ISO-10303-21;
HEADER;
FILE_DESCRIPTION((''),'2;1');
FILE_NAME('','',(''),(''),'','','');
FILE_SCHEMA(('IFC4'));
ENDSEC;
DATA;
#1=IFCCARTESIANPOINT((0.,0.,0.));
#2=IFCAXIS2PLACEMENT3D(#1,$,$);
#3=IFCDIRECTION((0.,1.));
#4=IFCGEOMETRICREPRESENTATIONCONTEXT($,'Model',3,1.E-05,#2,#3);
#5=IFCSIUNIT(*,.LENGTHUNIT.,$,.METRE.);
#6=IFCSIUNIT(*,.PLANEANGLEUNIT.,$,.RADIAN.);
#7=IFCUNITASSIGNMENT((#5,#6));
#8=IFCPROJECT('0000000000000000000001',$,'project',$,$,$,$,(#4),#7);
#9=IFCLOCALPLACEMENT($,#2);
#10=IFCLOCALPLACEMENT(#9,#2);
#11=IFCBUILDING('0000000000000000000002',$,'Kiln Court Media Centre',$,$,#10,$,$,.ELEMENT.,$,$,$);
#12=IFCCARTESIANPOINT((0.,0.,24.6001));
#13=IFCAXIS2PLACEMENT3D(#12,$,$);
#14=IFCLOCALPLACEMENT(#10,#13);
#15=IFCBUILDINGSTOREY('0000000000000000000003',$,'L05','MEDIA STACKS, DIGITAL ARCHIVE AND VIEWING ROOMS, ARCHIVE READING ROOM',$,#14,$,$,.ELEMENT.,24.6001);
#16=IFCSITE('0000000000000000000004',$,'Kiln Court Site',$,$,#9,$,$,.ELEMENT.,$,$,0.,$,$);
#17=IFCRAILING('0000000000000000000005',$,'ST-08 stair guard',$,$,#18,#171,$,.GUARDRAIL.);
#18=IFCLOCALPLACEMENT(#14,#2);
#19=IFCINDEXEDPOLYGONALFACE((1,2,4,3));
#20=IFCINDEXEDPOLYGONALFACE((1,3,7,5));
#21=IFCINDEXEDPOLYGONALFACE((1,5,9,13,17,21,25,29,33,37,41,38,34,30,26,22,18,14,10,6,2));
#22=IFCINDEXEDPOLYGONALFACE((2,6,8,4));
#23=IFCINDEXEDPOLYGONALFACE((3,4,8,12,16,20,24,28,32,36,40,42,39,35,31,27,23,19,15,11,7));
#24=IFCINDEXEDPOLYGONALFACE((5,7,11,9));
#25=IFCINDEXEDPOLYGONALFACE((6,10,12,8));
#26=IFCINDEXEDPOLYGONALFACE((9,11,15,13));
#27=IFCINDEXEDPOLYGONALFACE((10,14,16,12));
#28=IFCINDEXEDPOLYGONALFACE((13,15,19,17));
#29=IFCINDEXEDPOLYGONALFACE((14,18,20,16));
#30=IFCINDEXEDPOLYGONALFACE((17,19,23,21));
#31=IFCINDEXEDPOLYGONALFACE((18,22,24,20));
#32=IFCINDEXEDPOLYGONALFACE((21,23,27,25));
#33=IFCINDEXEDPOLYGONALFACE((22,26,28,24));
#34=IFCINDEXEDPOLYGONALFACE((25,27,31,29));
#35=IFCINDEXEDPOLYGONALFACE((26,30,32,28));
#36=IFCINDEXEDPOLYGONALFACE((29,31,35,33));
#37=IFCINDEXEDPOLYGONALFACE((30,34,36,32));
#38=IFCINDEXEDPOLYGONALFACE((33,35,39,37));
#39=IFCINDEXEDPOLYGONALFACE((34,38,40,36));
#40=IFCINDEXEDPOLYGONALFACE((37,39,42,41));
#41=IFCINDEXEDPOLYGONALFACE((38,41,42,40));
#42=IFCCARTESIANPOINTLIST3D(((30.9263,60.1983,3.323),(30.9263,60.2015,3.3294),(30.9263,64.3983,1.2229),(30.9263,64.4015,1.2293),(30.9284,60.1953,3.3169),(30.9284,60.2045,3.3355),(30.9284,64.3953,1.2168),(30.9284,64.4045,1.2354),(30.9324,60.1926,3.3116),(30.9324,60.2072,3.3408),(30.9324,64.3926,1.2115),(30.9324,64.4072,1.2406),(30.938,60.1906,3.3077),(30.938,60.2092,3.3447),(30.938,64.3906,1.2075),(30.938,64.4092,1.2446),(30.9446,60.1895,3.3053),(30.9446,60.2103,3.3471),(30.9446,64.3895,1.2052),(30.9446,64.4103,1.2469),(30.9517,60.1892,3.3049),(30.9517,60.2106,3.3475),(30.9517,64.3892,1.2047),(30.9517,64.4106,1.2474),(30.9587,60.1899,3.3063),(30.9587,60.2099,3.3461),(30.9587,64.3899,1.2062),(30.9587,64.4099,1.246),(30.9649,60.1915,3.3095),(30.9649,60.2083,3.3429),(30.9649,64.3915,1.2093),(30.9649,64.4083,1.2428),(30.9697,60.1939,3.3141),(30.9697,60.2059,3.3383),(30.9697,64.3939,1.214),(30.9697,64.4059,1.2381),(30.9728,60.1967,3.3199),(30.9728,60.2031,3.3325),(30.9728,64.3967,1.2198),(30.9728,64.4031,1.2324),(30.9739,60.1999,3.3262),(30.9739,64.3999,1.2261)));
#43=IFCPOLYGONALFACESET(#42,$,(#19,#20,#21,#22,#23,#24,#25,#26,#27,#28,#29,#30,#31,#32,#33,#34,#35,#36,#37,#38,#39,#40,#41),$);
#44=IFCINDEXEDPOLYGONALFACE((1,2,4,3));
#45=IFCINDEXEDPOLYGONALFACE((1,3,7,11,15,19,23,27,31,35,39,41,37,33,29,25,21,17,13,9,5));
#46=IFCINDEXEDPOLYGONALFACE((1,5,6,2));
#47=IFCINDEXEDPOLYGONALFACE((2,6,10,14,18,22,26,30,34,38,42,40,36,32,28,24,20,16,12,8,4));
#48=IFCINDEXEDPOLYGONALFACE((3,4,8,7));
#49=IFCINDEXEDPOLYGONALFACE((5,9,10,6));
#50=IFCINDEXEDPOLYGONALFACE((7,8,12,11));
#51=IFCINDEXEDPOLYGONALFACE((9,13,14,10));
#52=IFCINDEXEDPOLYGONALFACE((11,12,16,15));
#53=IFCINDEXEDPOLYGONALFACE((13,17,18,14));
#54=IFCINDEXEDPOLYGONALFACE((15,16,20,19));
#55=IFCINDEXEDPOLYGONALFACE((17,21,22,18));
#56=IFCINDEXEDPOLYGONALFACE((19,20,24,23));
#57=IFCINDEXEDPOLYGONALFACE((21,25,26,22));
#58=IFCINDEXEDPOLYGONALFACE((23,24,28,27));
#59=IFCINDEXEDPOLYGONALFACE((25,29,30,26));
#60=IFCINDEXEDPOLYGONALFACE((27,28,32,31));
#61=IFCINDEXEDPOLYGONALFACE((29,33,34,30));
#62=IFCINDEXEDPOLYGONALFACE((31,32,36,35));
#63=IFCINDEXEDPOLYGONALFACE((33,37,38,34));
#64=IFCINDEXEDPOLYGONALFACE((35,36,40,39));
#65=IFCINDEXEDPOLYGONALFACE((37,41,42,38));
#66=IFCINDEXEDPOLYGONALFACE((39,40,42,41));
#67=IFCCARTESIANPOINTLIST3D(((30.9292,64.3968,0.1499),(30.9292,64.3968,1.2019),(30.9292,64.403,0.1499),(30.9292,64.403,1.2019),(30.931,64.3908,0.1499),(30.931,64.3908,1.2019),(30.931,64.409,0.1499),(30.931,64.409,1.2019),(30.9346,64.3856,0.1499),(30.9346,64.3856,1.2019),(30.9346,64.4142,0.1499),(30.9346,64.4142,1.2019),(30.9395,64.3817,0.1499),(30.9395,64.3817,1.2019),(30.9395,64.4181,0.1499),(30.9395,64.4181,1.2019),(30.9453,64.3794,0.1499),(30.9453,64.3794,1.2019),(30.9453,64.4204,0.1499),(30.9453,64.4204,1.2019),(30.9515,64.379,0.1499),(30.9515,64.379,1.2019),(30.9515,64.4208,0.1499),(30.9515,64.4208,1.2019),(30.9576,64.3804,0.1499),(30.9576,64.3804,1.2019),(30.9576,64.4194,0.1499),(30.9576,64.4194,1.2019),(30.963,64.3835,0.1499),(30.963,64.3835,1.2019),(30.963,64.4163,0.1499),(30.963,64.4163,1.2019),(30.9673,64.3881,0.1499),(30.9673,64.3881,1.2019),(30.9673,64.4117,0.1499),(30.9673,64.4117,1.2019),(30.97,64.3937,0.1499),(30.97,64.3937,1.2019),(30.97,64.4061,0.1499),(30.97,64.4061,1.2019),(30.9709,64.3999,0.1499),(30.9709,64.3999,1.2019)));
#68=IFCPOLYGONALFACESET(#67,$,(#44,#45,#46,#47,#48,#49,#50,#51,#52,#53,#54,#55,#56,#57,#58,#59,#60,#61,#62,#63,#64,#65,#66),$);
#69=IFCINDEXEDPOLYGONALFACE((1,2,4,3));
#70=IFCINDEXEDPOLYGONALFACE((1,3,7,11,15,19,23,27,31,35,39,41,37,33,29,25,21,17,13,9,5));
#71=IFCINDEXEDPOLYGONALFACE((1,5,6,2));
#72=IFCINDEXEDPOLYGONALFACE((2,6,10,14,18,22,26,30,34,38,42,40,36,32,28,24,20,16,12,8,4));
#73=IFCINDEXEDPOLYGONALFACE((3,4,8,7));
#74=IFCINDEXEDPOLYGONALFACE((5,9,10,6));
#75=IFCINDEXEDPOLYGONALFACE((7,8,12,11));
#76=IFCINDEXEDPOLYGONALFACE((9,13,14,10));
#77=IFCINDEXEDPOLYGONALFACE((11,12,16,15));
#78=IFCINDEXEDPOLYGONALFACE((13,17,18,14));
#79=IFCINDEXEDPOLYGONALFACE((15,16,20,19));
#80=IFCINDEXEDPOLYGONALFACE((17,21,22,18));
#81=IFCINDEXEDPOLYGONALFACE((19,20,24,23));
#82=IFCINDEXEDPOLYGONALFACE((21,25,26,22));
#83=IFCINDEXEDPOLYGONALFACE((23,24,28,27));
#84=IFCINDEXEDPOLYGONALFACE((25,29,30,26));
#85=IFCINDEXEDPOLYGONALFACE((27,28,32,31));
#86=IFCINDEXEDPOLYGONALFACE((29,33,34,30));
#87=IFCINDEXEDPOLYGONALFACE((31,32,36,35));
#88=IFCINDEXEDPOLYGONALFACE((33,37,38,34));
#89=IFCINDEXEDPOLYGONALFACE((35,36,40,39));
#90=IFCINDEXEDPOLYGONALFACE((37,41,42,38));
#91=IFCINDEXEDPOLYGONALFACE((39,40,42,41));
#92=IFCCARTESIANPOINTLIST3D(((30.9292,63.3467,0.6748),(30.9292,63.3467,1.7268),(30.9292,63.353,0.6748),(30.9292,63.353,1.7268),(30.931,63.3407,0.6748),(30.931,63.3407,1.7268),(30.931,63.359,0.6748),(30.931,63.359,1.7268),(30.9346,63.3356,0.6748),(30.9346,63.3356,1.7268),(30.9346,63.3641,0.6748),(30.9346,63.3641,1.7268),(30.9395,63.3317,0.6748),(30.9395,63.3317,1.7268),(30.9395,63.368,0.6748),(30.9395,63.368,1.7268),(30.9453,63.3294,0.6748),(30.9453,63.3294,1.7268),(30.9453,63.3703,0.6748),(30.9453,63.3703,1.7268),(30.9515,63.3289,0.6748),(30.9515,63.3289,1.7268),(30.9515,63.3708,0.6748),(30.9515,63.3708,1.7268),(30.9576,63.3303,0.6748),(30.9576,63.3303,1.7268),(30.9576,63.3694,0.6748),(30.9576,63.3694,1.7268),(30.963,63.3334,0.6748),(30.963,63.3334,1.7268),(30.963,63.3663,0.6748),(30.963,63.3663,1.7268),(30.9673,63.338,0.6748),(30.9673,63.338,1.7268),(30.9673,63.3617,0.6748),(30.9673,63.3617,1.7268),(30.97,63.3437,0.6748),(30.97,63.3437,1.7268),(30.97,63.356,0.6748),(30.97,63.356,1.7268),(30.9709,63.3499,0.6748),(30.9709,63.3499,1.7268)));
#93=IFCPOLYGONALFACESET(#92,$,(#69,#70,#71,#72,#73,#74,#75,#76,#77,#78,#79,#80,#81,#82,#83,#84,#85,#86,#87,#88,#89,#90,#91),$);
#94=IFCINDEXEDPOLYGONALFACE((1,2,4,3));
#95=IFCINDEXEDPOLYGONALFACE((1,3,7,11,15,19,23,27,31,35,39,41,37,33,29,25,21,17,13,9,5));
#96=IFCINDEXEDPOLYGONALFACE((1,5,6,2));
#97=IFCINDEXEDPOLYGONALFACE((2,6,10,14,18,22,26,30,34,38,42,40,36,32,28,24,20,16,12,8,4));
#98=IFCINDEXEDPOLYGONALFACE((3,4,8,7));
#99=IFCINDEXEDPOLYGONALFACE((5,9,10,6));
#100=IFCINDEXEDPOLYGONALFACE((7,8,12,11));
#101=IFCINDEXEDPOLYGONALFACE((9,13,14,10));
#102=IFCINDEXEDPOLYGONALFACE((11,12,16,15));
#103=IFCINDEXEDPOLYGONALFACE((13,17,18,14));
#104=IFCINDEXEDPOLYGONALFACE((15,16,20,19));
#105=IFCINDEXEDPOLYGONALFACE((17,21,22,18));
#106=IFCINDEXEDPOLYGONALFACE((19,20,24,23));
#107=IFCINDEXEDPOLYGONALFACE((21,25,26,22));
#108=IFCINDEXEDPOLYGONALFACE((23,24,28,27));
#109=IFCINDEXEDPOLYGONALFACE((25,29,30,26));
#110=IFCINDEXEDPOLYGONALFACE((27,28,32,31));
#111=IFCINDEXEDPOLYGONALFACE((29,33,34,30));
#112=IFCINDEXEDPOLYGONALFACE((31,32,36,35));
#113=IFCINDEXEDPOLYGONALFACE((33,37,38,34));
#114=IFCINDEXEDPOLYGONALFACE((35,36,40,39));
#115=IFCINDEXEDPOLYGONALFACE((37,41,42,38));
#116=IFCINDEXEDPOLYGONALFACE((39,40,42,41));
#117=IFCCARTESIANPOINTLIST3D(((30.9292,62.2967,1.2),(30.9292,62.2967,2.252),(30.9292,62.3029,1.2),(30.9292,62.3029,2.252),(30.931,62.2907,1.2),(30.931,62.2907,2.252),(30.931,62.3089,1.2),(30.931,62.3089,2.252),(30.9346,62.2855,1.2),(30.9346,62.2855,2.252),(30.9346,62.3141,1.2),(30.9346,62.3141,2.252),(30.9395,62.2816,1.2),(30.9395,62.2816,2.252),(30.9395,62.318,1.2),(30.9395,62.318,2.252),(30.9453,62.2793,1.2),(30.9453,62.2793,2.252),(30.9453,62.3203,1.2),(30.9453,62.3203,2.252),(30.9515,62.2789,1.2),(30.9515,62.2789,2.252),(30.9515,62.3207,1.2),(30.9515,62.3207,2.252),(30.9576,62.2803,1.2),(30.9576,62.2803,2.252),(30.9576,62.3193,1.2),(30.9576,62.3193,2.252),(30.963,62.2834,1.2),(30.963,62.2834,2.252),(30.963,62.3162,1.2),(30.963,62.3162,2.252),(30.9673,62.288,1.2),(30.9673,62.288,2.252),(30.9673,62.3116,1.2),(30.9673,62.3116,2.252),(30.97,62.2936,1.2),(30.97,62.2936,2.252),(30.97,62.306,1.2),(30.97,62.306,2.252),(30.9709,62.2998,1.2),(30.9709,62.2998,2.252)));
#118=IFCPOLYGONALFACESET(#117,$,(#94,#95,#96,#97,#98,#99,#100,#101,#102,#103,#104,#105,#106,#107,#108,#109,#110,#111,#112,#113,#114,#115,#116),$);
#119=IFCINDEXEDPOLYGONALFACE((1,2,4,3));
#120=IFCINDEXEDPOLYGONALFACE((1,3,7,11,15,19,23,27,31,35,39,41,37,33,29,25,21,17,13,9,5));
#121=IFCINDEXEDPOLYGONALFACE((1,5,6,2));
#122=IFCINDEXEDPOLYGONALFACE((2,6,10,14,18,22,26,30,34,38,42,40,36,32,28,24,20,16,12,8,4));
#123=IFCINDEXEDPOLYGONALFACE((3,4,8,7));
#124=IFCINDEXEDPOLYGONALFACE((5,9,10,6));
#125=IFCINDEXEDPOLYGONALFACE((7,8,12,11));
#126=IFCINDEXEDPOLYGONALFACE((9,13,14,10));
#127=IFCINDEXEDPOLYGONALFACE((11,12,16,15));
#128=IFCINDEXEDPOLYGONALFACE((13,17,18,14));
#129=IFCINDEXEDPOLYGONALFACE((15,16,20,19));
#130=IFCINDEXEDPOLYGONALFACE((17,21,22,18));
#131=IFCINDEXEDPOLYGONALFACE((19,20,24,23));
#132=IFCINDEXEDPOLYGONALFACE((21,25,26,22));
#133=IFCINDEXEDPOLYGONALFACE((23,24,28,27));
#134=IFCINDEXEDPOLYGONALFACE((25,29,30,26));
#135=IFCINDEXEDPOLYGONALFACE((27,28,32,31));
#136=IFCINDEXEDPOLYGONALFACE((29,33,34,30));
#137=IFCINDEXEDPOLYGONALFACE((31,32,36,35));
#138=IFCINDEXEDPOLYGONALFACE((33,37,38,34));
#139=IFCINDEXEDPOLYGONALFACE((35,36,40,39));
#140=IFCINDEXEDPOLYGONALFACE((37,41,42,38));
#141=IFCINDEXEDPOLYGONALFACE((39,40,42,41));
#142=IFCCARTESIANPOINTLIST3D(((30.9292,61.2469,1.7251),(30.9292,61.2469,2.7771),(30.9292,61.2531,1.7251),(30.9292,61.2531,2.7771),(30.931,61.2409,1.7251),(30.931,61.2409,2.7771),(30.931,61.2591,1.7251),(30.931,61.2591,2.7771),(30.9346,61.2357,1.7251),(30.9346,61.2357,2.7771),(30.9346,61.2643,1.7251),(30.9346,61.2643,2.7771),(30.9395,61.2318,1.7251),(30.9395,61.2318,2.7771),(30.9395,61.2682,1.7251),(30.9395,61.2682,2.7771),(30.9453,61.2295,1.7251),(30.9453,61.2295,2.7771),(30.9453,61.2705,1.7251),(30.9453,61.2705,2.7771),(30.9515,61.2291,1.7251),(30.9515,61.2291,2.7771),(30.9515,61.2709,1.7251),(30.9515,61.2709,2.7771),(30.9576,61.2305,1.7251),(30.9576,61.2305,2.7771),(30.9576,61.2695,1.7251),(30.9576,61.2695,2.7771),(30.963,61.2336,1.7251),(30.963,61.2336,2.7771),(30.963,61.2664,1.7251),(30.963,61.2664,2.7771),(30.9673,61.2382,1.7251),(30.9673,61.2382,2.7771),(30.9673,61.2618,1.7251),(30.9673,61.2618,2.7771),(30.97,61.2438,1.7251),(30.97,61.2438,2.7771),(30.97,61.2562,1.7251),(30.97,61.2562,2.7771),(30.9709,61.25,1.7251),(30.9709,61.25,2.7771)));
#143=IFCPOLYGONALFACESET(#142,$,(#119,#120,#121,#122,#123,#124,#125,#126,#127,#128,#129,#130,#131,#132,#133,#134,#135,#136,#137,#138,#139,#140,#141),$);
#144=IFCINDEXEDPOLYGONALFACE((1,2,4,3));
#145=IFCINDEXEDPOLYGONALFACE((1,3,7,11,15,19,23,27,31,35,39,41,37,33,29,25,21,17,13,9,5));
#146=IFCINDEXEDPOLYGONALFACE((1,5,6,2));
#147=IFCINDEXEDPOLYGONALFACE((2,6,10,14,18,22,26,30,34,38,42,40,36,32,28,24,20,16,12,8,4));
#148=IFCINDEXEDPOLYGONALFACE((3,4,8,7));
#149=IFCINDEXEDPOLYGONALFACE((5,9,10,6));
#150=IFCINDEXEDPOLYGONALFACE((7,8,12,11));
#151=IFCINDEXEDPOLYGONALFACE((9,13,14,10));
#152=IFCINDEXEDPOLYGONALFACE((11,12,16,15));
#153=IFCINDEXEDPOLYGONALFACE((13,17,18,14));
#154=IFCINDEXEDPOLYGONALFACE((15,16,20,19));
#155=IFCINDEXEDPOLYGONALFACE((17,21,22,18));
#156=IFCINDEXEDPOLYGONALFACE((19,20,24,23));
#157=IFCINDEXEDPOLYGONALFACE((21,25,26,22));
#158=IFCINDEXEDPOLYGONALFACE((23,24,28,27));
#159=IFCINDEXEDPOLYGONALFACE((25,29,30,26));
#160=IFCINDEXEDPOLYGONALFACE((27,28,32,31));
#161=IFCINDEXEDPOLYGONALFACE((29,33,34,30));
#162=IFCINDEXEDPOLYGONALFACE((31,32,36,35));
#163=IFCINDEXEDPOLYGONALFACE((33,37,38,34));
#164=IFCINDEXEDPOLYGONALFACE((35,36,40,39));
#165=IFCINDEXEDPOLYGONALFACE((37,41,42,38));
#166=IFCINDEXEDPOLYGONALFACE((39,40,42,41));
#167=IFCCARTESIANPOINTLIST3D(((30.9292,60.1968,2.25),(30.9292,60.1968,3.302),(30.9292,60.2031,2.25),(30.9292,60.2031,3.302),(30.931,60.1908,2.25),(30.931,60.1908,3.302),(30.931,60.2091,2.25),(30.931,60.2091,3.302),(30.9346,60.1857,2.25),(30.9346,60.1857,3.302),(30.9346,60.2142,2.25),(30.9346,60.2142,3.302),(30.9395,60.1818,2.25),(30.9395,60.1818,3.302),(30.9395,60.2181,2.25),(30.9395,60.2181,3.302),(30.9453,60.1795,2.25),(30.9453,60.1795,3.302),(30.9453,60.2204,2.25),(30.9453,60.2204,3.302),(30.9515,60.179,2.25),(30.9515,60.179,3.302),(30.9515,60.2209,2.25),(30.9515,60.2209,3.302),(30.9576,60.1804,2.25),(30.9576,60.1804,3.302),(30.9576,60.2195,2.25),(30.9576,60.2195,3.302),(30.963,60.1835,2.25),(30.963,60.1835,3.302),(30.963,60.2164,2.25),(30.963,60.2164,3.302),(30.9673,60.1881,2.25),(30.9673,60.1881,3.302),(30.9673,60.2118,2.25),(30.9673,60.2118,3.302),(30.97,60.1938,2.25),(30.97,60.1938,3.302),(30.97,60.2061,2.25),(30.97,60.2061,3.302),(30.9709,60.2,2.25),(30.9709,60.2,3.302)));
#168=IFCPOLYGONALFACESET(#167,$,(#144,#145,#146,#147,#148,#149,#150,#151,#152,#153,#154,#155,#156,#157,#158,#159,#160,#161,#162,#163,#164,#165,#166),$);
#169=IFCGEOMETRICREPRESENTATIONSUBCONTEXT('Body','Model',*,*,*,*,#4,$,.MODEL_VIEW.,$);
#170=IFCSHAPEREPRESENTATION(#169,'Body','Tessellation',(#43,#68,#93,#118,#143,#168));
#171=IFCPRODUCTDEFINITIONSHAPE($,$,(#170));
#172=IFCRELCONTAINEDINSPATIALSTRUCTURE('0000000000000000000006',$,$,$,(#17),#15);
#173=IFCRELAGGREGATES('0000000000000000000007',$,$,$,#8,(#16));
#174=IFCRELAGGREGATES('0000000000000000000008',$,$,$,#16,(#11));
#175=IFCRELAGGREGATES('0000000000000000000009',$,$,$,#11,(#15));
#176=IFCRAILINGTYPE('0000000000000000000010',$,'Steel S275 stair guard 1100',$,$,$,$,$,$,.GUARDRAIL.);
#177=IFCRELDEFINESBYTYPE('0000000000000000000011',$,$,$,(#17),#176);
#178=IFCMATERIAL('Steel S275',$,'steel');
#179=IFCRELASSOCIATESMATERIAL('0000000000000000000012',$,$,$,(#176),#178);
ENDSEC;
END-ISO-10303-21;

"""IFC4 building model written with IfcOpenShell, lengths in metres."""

from ifc_helpers import new_model, si_unit, direction, frame, origin, origin_2d, place, context, subcontext, project, spatial, circle, extrude, material, type_object, element, save


model = new_model("IFC4")

# Units and contexts
model_context = context("Model", 3, precision=1e-05, world=origin(), true_north=direction((0.0, 1.0)))
body_context = subcontext(model_context, "Body", "Model", "MODEL_VIEW")
ifc_project = project(units=[si_unit("LENGTHUNIT", "METRE"), si_unit("PLANEANGLEUNIT", "RADIAN")], contexts=[model_context])

# Site, building, storey
site_placement = place(None, origin())
site = spatial("IfcSite", under=ifc_project, at=site_placement, Name="Kiln Court Site", CompositionType="ELEMENT", RefElevation=0.0)
building_placement = place(site_placement, origin())
building = spatial("IfcBuilding", under=site, at=building_placement, Name="Kiln Court Media Centre", CompositionType="ELEMENT")
storey_placement = place(building_placement, frame((0.0, 0.0, 24.6001)))
storey = spatial("IfcBuildingStorey", under=building, at=storey_placement, Name="L05", Description="MEDIA STACKS, DIGITAL ARCHIVE AND VIEWING ROOMS, ARCHIVE READING ROOM", CompositionType="ELEMENT", Elevation=24.6001)

# Railing
ifc_material_1 = material(Name="Steel S275", Category="steel")
railing_type_1 = type_object("IfcRailingType", Name="Steel S275 stair guard 1100", PredefinedType="GUARDRAIL", material=ifc_material_1)
railing_1_placement = place(storey_placement, frame((30.95, 64.3999, 0.1499)))
element("IfcRailing", 1, at=railing_1_placement, inside=storey, type_object=railing_type_1, Name="ST-08 stair guard", PredefinedType="GUARDRAIL", context=body_context, shape_type="SweptSolid", body=[
    extrude(circle(Radius=0.0239, at=origin_2d()), frame((0.0, 0.0, 1.0762), z_axis=(0.0, -0.894417, 0.447234), x_axis=(1.0, 0.0, 0.0)), (0.0, 0.0, 1.0), 4.6958),
    extrude(circle(Radius=0.021, at=origin_2d()), origin(), (0.0, 0.0, 1.0), 1.052),
    extrude(circle(Radius=0.021, at=origin_2d()), frame((0.0, -1.05, 0.5249)), (0.0, 0.0, 1.0), 1.052),
    extrude(circle(Radius=0.021, at=origin_2d()), frame((0.0, -2.1001, 1.05)), (0.0, 0.0, 1.0), 1.052),
    extrude(circle(Radius=0.021, at=origin_2d()), frame((0.0, -3.1499, 1.5752)), (0.0, 0.0, 1.0), 1.052),
    extrude(circle(Radius=0.021, at=origin_2d()), frame((0.0, -4.2, 2.1001)), (0.0, 0.0, 1.0), 1.052),
])

save(model, "model.ifc")
